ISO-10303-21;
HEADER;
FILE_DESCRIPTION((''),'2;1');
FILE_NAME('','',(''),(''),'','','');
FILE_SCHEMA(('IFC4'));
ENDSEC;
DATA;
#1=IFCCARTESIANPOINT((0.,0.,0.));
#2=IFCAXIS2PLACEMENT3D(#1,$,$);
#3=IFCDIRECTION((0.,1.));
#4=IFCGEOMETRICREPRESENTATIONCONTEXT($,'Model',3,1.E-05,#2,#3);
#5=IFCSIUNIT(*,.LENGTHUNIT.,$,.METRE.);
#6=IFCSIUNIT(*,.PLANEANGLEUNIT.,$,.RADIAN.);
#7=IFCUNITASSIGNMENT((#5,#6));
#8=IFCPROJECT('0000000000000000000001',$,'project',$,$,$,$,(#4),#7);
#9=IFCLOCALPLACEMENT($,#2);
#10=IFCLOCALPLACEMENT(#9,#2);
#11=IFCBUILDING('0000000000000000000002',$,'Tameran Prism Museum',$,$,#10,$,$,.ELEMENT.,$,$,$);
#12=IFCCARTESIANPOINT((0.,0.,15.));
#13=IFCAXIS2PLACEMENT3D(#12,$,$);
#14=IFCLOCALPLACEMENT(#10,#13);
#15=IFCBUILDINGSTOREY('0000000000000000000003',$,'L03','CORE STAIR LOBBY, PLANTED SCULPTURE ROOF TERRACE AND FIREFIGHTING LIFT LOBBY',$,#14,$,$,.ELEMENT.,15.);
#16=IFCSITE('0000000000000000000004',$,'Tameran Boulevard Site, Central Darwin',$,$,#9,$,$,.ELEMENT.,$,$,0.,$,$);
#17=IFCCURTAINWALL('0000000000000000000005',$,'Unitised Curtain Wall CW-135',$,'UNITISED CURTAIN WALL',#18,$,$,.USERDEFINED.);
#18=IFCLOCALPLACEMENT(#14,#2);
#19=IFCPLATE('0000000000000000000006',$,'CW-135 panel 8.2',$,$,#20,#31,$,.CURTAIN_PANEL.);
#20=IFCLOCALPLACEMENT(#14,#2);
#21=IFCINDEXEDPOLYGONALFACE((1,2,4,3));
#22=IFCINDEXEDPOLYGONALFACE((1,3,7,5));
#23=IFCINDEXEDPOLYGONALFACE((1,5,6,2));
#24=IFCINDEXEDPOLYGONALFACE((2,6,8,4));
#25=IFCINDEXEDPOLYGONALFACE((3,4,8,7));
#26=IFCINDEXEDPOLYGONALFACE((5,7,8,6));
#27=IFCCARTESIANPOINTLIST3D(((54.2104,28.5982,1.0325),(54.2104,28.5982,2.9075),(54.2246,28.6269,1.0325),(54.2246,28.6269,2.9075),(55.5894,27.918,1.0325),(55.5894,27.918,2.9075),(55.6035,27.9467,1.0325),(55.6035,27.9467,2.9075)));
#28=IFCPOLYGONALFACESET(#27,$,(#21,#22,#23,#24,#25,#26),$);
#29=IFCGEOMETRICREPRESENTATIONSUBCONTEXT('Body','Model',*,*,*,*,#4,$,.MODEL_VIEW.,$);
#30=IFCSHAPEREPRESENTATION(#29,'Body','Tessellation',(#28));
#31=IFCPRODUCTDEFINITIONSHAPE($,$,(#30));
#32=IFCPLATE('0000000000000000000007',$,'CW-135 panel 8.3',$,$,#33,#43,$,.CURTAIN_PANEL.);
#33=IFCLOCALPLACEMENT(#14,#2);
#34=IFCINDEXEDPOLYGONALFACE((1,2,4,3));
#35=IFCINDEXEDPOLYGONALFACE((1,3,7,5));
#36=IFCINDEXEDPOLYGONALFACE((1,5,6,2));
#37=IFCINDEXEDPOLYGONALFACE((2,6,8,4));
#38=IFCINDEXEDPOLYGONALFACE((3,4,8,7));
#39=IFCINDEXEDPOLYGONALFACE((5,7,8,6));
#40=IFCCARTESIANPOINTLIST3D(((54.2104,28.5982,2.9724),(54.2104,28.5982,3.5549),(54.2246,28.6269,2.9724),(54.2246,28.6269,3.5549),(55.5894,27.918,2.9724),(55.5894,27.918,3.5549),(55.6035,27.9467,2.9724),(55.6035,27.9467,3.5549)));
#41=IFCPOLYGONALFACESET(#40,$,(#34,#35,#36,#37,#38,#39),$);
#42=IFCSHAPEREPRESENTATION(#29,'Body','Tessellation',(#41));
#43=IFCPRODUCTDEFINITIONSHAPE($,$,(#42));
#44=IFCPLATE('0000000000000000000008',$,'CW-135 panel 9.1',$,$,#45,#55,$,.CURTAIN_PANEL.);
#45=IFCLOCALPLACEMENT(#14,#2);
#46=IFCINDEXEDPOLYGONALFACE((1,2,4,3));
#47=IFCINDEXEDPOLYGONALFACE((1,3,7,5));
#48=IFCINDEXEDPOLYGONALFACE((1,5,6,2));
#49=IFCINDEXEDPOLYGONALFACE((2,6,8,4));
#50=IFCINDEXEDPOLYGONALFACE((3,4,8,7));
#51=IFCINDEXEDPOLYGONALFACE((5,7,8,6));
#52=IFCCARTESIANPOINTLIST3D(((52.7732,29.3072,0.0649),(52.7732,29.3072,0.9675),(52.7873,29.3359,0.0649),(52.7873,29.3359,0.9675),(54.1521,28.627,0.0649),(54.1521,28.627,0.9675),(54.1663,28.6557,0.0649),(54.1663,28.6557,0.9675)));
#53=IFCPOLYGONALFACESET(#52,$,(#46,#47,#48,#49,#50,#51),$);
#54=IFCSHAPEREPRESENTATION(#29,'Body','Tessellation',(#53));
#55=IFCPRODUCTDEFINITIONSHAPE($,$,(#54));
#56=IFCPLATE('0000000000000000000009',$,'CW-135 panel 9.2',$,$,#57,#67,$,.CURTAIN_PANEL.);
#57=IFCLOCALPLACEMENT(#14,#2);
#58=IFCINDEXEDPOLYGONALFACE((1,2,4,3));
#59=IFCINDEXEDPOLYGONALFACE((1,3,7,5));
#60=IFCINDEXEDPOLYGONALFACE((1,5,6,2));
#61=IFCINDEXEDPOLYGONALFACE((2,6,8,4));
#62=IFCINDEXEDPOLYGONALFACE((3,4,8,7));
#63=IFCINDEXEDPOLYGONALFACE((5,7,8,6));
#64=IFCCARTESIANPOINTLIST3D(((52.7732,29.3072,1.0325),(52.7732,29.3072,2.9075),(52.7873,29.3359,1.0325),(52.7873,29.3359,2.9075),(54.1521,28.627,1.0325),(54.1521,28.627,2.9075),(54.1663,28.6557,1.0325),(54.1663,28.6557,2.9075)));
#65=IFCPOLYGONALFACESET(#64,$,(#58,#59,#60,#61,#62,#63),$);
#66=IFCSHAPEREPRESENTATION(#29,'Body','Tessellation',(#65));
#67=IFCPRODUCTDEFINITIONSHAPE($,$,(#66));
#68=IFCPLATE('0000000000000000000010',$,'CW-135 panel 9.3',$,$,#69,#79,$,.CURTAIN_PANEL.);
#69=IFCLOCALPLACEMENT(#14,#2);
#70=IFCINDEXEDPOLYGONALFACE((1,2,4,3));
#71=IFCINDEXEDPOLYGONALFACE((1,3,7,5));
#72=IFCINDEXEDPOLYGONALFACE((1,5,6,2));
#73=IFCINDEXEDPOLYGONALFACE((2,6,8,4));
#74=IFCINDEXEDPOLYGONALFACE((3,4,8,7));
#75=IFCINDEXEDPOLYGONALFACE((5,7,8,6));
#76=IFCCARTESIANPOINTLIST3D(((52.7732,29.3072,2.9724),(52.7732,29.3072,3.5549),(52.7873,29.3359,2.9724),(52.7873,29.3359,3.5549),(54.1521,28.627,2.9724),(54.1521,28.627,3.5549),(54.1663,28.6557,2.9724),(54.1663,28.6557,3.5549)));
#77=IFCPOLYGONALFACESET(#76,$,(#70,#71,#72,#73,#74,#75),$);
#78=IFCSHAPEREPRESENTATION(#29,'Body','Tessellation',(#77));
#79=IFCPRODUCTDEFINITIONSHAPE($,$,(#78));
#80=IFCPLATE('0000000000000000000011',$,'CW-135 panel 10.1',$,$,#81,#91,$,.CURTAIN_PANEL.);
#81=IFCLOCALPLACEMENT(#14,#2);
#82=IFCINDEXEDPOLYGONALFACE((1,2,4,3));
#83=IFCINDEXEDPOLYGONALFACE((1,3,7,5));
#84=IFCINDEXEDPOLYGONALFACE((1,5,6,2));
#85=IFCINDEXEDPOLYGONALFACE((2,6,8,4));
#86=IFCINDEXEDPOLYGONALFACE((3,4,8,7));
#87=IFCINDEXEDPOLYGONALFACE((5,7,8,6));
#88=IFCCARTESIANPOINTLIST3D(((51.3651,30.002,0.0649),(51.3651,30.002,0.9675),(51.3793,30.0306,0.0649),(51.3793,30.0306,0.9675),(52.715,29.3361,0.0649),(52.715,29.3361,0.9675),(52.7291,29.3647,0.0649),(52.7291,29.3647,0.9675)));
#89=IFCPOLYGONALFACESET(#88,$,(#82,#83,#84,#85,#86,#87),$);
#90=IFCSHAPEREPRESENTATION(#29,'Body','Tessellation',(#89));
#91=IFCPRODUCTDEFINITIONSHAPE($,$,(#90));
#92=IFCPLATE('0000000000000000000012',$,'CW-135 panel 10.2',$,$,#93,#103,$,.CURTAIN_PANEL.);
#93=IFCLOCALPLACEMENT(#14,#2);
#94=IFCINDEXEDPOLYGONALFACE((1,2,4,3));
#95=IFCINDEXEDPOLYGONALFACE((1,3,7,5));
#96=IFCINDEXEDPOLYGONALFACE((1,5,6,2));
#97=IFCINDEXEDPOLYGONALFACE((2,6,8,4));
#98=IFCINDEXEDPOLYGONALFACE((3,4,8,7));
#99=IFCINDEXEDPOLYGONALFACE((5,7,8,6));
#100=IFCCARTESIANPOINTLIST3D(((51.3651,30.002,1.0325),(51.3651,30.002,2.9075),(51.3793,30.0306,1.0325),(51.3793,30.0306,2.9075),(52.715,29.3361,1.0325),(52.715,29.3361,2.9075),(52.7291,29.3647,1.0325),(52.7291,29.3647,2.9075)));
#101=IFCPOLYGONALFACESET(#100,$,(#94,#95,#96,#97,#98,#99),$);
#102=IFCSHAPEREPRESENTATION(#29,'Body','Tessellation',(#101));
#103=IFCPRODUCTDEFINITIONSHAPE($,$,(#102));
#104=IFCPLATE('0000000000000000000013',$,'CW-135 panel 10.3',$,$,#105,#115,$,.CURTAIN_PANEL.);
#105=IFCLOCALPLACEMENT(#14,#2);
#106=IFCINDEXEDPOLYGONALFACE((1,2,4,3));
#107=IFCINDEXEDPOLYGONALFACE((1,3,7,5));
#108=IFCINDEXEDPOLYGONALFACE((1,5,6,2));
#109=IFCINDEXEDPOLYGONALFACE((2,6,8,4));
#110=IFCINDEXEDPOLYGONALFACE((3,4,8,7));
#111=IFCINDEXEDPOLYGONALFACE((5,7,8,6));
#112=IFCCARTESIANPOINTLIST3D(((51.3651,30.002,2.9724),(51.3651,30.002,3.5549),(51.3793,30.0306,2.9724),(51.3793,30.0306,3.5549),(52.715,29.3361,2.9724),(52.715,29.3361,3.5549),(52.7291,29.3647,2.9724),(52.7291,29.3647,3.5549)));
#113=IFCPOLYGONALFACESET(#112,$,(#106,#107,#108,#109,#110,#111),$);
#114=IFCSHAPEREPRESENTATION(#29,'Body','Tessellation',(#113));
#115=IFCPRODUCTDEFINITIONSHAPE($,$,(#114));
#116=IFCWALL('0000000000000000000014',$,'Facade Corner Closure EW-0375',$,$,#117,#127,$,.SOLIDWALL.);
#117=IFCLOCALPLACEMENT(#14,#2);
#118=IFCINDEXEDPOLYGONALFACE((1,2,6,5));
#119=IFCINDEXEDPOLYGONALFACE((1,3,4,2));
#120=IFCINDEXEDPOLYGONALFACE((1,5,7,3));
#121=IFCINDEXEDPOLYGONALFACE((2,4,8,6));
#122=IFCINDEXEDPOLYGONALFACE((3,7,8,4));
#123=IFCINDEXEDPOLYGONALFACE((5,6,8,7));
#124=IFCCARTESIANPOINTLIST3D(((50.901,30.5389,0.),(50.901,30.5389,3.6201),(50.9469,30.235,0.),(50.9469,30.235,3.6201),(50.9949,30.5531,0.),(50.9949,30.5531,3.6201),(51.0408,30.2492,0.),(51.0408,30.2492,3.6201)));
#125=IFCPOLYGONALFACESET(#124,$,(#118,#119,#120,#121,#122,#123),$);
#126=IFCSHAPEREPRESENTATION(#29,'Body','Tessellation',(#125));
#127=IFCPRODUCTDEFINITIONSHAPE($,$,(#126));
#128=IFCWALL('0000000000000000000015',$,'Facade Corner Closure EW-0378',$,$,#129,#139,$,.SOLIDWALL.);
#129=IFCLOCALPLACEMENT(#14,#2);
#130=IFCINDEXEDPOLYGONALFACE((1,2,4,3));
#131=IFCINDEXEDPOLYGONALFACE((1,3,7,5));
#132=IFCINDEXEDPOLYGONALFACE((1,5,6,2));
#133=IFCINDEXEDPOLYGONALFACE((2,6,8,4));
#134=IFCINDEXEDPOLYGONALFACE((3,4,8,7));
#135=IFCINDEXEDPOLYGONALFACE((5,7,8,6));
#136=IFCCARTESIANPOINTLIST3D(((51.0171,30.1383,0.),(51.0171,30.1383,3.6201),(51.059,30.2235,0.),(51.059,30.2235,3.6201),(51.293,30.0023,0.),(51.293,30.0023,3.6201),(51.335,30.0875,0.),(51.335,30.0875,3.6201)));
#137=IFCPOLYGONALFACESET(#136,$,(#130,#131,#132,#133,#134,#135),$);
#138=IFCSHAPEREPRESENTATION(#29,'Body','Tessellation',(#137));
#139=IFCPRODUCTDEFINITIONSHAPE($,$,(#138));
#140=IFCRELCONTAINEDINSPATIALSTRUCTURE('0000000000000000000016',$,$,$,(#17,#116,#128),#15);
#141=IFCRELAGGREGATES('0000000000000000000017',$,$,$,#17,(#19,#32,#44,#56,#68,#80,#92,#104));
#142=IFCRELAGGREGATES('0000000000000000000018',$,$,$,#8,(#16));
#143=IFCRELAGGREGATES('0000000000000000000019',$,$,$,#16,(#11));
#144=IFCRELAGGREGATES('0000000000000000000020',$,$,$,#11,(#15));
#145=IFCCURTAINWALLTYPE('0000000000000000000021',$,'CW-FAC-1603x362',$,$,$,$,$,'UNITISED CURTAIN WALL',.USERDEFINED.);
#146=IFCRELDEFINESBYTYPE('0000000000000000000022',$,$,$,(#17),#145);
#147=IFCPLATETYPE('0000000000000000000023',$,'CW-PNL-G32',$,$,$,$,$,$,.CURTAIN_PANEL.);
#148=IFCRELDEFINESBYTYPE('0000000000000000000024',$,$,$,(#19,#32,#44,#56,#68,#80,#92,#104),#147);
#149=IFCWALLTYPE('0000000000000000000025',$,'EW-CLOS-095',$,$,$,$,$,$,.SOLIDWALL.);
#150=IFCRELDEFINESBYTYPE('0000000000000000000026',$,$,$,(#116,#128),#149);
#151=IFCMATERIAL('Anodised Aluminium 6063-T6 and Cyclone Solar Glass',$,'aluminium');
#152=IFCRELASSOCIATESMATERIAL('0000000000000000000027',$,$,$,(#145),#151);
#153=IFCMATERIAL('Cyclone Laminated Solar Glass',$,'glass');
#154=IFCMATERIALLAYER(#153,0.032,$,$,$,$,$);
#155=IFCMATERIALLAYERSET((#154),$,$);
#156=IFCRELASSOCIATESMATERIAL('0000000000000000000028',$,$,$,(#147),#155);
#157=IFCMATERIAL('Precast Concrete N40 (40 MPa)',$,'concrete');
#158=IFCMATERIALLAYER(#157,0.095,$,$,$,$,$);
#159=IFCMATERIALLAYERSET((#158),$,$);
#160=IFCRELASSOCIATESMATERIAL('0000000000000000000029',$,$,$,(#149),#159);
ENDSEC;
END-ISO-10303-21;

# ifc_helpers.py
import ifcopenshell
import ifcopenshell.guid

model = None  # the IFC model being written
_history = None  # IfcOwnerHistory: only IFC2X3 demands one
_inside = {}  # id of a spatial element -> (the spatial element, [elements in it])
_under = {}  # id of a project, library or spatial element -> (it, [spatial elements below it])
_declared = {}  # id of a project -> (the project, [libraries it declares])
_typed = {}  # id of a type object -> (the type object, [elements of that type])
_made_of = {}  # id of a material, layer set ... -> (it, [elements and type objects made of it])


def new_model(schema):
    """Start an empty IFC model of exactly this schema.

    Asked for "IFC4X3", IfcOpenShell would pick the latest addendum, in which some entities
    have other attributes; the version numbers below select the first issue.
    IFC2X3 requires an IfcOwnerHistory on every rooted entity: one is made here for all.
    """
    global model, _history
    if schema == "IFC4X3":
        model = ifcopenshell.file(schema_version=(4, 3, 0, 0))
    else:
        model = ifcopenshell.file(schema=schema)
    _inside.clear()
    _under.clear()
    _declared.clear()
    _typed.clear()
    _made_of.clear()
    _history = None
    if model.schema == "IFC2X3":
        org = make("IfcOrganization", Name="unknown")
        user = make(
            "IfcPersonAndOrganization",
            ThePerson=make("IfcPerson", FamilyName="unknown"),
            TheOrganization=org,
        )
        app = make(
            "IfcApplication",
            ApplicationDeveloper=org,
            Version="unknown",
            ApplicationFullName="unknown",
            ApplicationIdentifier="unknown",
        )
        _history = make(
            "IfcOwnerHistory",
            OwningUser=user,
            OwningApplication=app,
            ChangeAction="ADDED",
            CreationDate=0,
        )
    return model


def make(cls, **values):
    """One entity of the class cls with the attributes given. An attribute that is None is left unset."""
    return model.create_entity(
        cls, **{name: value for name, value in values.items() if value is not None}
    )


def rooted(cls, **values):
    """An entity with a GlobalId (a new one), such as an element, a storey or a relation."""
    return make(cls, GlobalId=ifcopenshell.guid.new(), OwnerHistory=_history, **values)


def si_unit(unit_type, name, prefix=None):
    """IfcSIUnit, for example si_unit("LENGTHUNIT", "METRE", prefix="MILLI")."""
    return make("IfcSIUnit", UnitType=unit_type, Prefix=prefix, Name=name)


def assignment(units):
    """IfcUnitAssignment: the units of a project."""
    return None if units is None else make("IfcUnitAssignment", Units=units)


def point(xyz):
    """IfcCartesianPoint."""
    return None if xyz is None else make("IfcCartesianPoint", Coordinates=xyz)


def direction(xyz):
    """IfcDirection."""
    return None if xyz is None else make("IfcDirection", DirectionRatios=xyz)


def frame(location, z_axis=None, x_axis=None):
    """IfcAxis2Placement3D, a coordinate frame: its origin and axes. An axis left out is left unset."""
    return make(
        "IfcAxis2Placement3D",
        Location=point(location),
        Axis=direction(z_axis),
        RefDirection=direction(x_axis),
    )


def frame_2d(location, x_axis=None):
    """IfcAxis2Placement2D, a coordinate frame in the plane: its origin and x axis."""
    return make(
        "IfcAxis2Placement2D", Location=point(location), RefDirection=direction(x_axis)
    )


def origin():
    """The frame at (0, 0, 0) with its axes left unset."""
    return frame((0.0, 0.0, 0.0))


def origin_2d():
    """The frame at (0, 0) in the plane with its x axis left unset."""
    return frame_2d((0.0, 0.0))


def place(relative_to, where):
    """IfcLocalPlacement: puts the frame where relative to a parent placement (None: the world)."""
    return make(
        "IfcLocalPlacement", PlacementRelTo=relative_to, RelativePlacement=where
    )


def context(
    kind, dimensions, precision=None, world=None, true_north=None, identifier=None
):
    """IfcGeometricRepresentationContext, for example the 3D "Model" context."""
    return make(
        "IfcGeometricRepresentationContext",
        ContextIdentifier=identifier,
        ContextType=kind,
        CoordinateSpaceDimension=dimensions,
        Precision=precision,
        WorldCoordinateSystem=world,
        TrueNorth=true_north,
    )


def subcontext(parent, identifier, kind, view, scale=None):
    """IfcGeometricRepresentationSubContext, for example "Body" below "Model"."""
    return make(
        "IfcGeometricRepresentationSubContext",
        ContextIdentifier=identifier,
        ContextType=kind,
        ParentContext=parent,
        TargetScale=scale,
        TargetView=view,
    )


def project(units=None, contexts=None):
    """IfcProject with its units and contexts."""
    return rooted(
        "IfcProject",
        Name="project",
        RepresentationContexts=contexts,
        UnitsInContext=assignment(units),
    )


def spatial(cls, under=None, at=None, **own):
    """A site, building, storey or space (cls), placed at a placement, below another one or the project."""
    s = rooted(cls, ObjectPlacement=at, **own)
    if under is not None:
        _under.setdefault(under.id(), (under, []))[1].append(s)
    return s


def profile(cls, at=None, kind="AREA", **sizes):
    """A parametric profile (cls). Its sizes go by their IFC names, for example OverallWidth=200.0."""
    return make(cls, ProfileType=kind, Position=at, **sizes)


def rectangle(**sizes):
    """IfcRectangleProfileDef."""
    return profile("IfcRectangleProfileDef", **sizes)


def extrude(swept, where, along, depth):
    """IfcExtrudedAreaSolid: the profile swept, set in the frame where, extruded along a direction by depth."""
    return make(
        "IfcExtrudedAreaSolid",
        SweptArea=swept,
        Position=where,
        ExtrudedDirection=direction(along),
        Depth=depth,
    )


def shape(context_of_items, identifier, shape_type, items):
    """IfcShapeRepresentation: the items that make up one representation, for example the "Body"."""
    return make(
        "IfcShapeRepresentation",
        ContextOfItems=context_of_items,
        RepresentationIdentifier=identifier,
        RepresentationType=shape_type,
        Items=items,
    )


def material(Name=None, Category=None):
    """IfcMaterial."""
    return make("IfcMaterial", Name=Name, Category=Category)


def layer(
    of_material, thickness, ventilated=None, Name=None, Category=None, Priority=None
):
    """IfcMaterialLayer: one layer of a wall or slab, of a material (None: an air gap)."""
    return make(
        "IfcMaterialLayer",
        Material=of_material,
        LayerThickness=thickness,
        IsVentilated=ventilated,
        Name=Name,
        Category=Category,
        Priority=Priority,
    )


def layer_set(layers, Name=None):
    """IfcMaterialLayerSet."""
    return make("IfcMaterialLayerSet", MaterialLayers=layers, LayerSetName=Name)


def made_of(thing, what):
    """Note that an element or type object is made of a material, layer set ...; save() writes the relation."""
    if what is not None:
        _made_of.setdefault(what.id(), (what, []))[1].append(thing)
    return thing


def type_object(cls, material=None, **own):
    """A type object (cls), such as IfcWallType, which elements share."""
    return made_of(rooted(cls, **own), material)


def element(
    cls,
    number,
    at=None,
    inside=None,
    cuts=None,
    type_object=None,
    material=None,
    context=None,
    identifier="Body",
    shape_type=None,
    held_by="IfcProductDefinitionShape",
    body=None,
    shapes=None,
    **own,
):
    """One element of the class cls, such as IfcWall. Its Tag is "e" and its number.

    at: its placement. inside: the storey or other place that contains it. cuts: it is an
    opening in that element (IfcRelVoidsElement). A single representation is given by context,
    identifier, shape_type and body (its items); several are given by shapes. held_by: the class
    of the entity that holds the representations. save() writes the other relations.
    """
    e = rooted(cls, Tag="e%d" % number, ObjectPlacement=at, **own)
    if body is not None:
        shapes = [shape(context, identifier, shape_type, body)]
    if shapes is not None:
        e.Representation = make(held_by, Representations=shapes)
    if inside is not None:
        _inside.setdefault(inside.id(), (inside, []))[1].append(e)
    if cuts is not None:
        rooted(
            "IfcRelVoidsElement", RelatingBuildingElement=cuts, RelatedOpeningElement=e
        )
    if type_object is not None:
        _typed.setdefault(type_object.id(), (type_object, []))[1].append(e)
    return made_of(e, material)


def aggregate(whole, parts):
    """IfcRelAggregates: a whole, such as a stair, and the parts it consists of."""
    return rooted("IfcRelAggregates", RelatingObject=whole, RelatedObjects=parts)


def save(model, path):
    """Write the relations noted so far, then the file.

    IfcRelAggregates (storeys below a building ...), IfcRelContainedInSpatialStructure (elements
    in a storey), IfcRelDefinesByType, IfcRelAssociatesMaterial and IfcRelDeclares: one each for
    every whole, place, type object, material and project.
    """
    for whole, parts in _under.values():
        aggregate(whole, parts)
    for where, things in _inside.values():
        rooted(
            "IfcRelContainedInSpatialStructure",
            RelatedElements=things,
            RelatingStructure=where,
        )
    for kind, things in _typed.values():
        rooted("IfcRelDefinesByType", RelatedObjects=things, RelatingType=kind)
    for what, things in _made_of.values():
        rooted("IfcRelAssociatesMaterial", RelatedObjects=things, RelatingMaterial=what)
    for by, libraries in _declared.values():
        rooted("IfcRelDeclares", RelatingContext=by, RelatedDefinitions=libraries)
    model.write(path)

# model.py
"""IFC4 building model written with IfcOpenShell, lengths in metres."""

from ifc_helpers import new_model, si_unit, direction, frame, frame_2d, origin, origin_2d, place, context, subcontext, project, spatial, rectangle, extrude, material, layer, layer_set, type_object, element, aggregate, save


model = new_model("IFC4")

# Units and contexts
model_context = context("Model", 3, precision=1e-05, world=origin(), true_north=direction((0.0, 1.0)))
body_context = subcontext(model_context, "Body", "Model", "MODEL_VIEW")
ifc_project = project(units=[si_unit("LENGTHUNIT", "METRE"), si_unit("PLANEANGLEUNIT", "RADIAN")], contexts=[model_context])

# Site, building, storey
site_placement = place(None, origin())
site = spatial("IfcSite", under=ifc_project, at=site_placement, Name="Tameran Boulevard Site, Central Darwin", CompositionType="ELEMENT", RefElevation=0.0)
building_placement = place(site_placement, origin())
building = spatial("IfcBuilding", under=site, at=building_placement, Name="Tameran Prism Museum", CompositionType="ELEMENT")
storey_placement = place(building_placement, frame((0.0, 0.0, 15.0)))
storey = spatial("IfcBuildingStorey", under=building, at=storey_placement, Name="L03", Description="CORE STAIR LOBBY, PLANTED SCULPTURE ROOF TERRACE AND FIREFIGHTING LIFT LOBBY", CompositionType="ELEMENT", Elevation=15.0)

# Curtain wall
ifc_material_1 = material(Name="Anodised Aluminium 6063-T6 and Cyclone Solar Glass", Category="aluminium")
curtain_wall_type_1 = type_object("IfcCurtainWallType", Name="CW-FAC-1603x362", ElementType="UNITISED CURTAIN WALL", PredefinedType="USERDEFINED", material=ifc_material_1)
curtain_wall_1_placement = place(storey_placement, origin())
curtain_wall_1 = element("IfcCurtainWall", 1, at=curtain_wall_1_placement, inside=storey, type_object=curtain_wall_type_1, Name="Unitised Curtain Wall CW-135", ObjectType="UNITISED CURTAIN WALL", PredefinedType="USERDEFINED")

# Plates
ifc_material_2 = material(Name="Cyclone Laminated Solar Glass", Category="glass")
ifc_layer_1 = layer(ifc_material_2, 0.032)
ifc_layer_set_1 = layer_set([ifc_layer_1])
plate_type = type_object("IfcPlateType", Name="CW-PNL-G32", PredefinedType="CURTAIN_PANEL", material=ifc_layer_set_1)
plate_1_placement = place(storey_placement, frame((54.907, 28.2725, 1.0325), z_axis=(0.0, 0.0, 1.0), x_axis=(-0.896811, 0.442415, 0.0)))
plate_1 = element("IfcPlate", 2, at=plate_1_placement, type_object=plate_type, Name="CW-135 panel 8.2", PredefinedType="CURTAIN_PANEL", context=body_context, shape_type="SweptSolid", body=[
    extrude(rectangle(XDim=1.5376, YDim=0.032, at=origin_2d()), origin(), (0.0, 0.0, 1.0), 1.875),
])
plate_2_placement = place(storey_placement, frame((54.907, 28.2725, 2.9724), z_axis=(0.0, 0.0, 1.0), x_axis=(-0.896811, 0.442415, 0.0)))
plate_2 = element("IfcPlate", 3, at=plate_2_placement, type_object=plate_type, Name="CW-135 panel 8.3", PredefinedType="CURTAIN_PANEL", context=body_context, shape_type="SweptSolid", body=[
    extrude(rectangle(XDim=1.5376, YDim=0.032, at=origin_2d()), origin(), (0.0, 0.0, 1.0), 0.5825),
])
plate_3_placement = place(storey_placement, frame((53.4697, 28.9814, 0.0649), z_axis=(0.0, 0.0, 1.0), x_axis=(-0.896811, 0.442415, 0.0)))
plate_3 = element("IfcPlate", 4, at=plate_3_placement, type_object=plate_type, Name="CW-135 panel 9.1", PredefinedType="CURTAIN_PANEL", context=body_context, shape_type="SweptSolid", body=[
    extrude(rectangle(XDim=1.5376, YDim=0.032, at=origin_2d()), origin(), (0.0, 0.0, 1.0), 0.9026),
])
plate_4_placement = place(storey_placement, frame((53.4697, 28.9814, 1.0325), z_axis=(0.0, 0.0, 1.0), x_axis=(-0.896811, 0.442415, 0.0)))
plate_4 = element("IfcPlate", 5, at=plate_4_placement, type_object=plate_type, Name="CW-135 panel 9.2", PredefinedType="CURTAIN_PANEL", context=body_context, shape_type="SweptSolid", body=[
    extrude(rectangle(XDim=1.5376, YDim=0.032, at=origin_2d()), origin(), (0.0, 0.0, 1.0), 1.875),
])
plate_5_placement = place(storey_placement, frame((53.4697, 28.9814, 2.9724), z_axis=(0.0, 0.0, 1.0), x_axis=(-0.896811, 0.442415, 0.0)))
plate_5 = element("IfcPlate", 6, at=plate_5_placement, type_object=plate_type, Name="CW-135 panel 9.3", PredefinedType="CURTAIN_PANEL", context=body_context, shape_type="SweptSolid", body=[
    extrude(rectangle(XDim=1.5376, YDim=0.032, at=origin_2d()), origin(), (0.0, 0.0, 1.0), 0.5825),
])
plate_6_placement = place(storey_placement, frame((52.0471, 29.6833, 0.0649), z_axis=(0.0, 0.0, 1.0), x_axis=(-0.896811, 0.442415, 0.0)))
plate_6 = element("IfcPlate", 7, at=plate_6_placement, type_object=plate_type, Name="CW-135 panel 10.1", PredefinedType="CURTAIN_PANEL", context=body_context, shape_type="SweptSolid", body=[
    extrude(rectangle(XDim=1.5051, YDim=0.032, at=origin_2d()), origin(), (0.0, 0.0, 1.0), 0.9026),
])
plate_7_placement = place(storey_placement, frame((52.0471, 29.6833, 1.0325), z_axis=(0.0, 0.0, 1.0), x_axis=(-0.896811, 0.442415, 0.0)))
plate_7 = element("IfcPlate", 8, at=plate_7_placement, type_object=plate_type, Name="CW-135 panel 10.2", PredefinedType="CURTAIN_PANEL", context=body_context, shape_type="SweptSolid", body=[
    extrude(rectangle(XDim=1.5051, YDim=0.032, at=origin_2d()), origin(), (0.0, 0.0, 1.0), 1.875),
])
plate_8_placement = place(storey_placement, frame((52.0471, 29.6833, 2.9724), z_axis=(0.0, 0.0, 1.0), x_axis=(-0.896811, 0.442415, 0.0)))
plate_8 = element("IfcPlate", 9, at=plate_8_placement, type_object=plate_type, Name="CW-135 panel 10.3", PredefinedType="CURTAIN_PANEL", context=body_context, shape_type="SweptSolid", body=[
    extrude(rectangle(XDim=1.5051, YDim=0.032, at=origin_2d()), origin(), (0.0, 0.0, 1.0), 0.5825),
])
aggregate(curtain_wall_1, [plate_1, plate_2, plate_3, plate_4, plate_5, plate_6, plate_7, plate_8])

# Walls
ifc_material_3 = material(Name="Precast Concrete N40 (40 MPa)", Category="concrete")
ifc_layer_2 = layer(ifc_material_3, 0.095)
ifc_layer_set_2 = layer_set([ifc_layer_2])
wall_type = type_object("IfcWallType", Name="EW-CLOS-095", PredefinedType="SOLIDWALL", material=ifc_layer_set_2)
wall_1_placement = place(storey_placement, frame((50.9939, 30.2419, 0.0), z_axis=(0.0, 0.0, 1.0), x_axis=(-0.149311, 0.98879, 0.0)))
element("IfcWall", 10, at=wall_1_placement, inside=storey, type_object=wall_type, Name="Facade Corner Closure EW-0375", PredefinedType="SOLIDWALL", context=body_context, shape_type="SweptSolid", body=[
    extrude(rectangle(XDim=0.3074, YDim=0.095, at=frame_2d((0.1538, 0.0))), origin(), (0.0, 0.0, 1.0), 3.6201),
])
wall_2_placement = place(storey_placement, frame((51.314, 30.0449, 0.0), z_axis=(0.0, 0.0, 1.0), x_axis=(-0.896953, 0.442126, 0.0)))
element("IfcWall", 11, at=wall_2_placement, inside=storey, type_object=wall_type, Name="Facade Corner Closure EW-0378", PredefinedType="SOLIDWALL", context=body_context, shape_type="SweptSolid", body=[
    extrude(rectangle(XDim=0.3076, YDim=0.095, at=frame_2d((0.1538, 0.0))), origin(), (0.0, 0.0, 1.0), 3.6201),
])

save(model, "model.ifc")
